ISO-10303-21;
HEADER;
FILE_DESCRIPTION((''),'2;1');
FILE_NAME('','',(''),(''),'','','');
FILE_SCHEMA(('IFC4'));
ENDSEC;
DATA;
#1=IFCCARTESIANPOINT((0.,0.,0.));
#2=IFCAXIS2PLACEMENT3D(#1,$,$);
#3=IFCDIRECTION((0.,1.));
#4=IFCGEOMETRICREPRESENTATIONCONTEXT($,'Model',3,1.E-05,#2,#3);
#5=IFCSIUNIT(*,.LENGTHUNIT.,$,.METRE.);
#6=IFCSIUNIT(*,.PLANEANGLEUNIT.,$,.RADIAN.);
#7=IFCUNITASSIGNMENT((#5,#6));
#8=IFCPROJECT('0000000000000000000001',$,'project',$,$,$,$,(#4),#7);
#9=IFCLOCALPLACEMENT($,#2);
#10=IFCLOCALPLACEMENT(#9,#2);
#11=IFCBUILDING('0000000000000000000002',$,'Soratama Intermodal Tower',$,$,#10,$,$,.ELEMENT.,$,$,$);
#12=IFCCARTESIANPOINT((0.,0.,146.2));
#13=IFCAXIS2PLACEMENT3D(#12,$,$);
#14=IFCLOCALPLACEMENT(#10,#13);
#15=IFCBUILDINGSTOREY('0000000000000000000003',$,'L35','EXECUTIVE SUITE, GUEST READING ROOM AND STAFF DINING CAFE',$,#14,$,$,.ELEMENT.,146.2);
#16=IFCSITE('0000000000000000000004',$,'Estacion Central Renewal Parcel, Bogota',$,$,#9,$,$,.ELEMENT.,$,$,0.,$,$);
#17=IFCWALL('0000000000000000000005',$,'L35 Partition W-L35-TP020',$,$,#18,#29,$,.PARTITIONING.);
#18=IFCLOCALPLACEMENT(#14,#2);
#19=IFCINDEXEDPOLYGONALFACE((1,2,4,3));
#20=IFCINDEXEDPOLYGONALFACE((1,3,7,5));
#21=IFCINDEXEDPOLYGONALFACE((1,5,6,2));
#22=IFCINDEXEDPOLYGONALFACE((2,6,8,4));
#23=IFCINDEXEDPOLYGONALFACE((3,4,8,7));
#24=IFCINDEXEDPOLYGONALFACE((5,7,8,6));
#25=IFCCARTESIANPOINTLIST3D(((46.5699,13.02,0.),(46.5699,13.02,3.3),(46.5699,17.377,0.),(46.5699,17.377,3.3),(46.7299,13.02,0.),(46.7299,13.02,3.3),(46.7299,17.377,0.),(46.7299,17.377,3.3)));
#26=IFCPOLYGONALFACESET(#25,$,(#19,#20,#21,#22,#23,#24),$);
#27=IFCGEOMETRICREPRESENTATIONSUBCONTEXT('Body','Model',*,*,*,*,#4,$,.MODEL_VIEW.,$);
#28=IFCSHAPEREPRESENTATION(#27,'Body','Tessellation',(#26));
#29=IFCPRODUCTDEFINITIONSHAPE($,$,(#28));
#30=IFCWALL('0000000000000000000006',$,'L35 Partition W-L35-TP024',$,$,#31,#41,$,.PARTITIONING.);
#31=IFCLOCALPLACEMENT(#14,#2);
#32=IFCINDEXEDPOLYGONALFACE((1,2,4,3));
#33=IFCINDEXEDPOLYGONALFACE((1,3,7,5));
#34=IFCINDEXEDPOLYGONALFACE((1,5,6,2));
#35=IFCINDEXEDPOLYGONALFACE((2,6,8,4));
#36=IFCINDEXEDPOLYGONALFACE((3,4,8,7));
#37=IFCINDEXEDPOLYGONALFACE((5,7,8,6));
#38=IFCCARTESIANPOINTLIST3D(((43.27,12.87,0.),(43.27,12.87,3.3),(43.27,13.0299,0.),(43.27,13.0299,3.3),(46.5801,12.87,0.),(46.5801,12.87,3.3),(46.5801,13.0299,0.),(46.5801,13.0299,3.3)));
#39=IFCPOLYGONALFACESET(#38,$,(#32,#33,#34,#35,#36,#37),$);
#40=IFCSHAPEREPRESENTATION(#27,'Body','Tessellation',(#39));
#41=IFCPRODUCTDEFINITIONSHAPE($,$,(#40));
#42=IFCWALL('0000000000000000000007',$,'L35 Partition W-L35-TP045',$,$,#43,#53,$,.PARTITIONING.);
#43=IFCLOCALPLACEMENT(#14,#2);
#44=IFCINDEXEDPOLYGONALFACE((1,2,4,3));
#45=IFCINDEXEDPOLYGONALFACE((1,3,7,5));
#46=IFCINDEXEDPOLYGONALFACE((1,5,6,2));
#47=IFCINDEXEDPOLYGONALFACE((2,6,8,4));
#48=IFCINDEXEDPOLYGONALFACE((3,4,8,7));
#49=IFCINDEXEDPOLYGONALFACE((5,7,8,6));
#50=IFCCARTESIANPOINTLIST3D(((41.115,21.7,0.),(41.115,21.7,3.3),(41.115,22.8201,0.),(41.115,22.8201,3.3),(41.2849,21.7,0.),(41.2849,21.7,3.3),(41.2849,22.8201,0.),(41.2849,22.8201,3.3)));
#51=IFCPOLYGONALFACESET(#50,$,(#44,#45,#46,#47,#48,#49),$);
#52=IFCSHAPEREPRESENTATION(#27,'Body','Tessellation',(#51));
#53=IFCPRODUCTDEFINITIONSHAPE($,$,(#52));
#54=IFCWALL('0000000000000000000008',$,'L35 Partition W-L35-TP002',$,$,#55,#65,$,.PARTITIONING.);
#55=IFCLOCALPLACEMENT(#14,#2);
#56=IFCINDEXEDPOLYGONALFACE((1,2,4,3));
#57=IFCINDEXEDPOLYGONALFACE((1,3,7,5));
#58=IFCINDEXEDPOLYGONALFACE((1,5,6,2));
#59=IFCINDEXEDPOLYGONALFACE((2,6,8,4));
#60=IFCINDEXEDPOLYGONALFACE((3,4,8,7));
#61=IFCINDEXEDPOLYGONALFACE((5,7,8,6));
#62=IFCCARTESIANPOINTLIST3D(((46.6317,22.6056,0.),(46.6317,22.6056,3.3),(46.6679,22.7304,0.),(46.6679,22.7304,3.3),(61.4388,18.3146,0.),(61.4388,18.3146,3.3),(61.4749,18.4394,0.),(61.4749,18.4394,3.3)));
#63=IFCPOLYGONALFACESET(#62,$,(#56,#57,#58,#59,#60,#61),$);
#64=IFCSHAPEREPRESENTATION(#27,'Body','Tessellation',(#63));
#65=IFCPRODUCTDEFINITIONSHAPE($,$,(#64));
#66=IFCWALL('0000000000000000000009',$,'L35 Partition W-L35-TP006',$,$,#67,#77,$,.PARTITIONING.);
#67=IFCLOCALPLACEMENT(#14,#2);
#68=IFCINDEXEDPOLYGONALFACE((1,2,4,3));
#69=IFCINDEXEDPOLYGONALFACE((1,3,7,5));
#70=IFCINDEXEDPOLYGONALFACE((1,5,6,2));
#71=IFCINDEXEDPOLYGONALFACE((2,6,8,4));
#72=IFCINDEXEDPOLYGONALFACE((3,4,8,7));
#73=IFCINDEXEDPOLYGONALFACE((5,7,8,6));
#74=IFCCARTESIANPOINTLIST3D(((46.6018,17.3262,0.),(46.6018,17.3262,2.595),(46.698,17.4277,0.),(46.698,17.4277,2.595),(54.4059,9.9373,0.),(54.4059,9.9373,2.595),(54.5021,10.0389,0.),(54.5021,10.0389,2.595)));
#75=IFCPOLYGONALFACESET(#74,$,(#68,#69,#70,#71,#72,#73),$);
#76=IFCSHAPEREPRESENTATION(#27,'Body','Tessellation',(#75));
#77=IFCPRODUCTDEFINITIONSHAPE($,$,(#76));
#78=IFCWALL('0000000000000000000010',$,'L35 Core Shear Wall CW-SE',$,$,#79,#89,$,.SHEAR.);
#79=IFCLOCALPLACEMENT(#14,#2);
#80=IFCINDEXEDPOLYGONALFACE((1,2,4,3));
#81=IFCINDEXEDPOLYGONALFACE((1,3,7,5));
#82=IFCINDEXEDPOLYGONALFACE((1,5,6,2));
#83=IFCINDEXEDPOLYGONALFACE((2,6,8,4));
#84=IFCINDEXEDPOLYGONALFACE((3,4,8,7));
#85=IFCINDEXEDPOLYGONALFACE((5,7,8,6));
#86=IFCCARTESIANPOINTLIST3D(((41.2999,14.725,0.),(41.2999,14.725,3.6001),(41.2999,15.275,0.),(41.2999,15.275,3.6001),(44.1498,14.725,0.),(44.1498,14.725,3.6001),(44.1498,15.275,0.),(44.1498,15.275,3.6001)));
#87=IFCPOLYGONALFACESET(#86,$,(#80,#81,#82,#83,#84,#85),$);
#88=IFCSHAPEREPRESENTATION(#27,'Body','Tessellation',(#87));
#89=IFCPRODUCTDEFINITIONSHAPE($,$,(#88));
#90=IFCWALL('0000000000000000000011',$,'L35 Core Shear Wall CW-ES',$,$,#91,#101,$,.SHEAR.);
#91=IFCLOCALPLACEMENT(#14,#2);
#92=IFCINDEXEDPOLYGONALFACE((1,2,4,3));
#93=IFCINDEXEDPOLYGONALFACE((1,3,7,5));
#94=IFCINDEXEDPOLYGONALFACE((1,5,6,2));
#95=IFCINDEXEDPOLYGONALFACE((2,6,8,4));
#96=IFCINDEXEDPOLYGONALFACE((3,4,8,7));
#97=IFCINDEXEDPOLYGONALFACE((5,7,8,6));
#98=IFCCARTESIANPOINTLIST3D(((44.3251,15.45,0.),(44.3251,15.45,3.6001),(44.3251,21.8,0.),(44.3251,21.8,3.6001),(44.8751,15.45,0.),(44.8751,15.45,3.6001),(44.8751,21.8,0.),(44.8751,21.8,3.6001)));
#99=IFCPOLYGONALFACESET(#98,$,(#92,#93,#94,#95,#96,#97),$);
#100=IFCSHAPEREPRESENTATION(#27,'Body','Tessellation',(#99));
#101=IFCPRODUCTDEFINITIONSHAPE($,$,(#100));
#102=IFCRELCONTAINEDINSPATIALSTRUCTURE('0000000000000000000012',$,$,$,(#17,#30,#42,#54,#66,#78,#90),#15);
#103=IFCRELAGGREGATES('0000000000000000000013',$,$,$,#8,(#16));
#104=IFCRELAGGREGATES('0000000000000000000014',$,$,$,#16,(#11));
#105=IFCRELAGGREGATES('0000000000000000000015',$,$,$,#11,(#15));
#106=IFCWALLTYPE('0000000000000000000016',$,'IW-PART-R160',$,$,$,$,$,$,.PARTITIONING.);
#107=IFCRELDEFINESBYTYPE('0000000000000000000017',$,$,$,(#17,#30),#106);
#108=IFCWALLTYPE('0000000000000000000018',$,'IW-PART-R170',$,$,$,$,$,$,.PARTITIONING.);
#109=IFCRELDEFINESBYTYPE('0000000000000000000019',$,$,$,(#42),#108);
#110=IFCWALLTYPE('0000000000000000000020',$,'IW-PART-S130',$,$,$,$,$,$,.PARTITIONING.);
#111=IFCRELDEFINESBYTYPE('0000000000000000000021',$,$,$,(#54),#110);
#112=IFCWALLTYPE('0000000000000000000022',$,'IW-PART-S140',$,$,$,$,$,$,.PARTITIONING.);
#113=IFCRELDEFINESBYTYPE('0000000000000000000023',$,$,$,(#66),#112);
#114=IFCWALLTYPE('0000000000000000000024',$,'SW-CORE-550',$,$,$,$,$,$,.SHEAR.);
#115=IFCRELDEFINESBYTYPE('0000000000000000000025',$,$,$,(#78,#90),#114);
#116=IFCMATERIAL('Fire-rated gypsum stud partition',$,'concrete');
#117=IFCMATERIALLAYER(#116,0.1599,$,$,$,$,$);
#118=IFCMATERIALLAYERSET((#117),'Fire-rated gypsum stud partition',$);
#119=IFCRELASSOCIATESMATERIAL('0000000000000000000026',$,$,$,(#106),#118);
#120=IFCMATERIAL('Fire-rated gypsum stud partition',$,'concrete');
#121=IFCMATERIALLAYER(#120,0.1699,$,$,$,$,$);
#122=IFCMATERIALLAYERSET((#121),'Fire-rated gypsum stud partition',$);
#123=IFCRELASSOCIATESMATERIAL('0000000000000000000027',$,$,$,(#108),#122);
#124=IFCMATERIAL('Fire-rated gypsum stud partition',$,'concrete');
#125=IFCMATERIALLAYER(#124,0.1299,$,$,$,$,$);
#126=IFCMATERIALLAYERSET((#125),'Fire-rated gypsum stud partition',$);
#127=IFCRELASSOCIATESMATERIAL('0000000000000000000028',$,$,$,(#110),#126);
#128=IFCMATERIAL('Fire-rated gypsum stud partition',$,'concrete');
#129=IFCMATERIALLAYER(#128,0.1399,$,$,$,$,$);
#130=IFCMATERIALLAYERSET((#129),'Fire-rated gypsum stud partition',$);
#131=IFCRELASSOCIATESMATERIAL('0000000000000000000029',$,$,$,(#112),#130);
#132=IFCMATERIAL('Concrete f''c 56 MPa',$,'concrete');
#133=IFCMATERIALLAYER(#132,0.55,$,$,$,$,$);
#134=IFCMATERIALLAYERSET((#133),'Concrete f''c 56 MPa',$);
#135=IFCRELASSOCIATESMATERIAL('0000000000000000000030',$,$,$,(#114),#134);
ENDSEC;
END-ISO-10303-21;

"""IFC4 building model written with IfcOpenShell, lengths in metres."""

from ifc_helpers import new_model, si_unit, direction, frame, frame_2d, origin, place, context, subcontext, project, spatial, rectangle, extrude, material, layer, layer_set, type_object, element, save


model = new_model("IFC4")

# Units and contexts
model_context = context("Model", 3, precision=1e-05, world=origin(), true_north=direction((0.0, 1.0)))
body_context = subcontext(model_context, "Body", "Model", "MODEL_VIEW")
ifc_project = project(units=[si_unit("LENGTHUNIT", "METRE"), si_unit("PLANEANGLEUNIT", "RADIAN")], contexts=[model_context])

# Site, building, storey
site_placement = place(None, origin())
site = spatial("IfcSite", under=ifc_project, at=site_placement, Name="Estacion Central Renewal Parcel, Bogota", CompositionType="ELEMENT", RefElevation=0.0)
building_placement = place(site_placement, origin())
building = spatial("IfcBuilding", under=site, at=building_placement, Name="Soratama Intermodal Tower", CompositionType="ELEMENT")
storey_placement = place(building_placement, frame((0.0, 0.0, 146.2)))
storey = spatial("IfcBuildingStorey", under=building, at=storey_placement, Name="L35", Description="EXECUTIVE SUITE, GUEST READING ROOM AND STAFF DINING CAFE", CompositionType="ELEMENT", Elevation=146.2)

# Shared definitions
ifc_material_1 = material(Name="Fire-rated gypsum stud partition", Category="concrete")
ifc_layer_1 = layer(ifc_material_1, 0.1599)
ifc_layer_set_1 = layer_set([ifc_layer_1], Name="Fire-rated gypsum stud partition")
wall_type_1 = type_object("IfcWallType", Name="IW-PART-R160", PredefinedType="PARTITIONING", material=ifc_layer_set_1)

# Walls
wall_1_placement = place(storey_placement, frame((46.6499, 17.377, 0.0), z_axis=(0.0, 0.0, 1.0), x_axis=(0.0, -1.0, 0.0)))
element("IfcWall", 1, at=wall_1_placement, inside=storey, type_object=wall_type_1, Name="L35 Partition W-L35-TP020", PredefinedType="PARTITIONING", context=body_context, shape_type="SweptSolid", body=[
    extrude(rectangle(XDim=4.3569, YDim=0.1599, at=frame_2d((2.1785, 0.0))), origin(), (0.0, 0.0, 1.0), 3.3),
])
wall_2_placement = place(storey_placement, frame((46.5801, 12.95, 0.0), z_axis=(0.0, 0.0, 1.0), x_axis=(-1.0, 0.0, 0.0)))
element("IfcWall", 2, at=wall_2_placement, inside=storey, type_object=wall_type_1, Name="L35 Partition W-L35-TP024", PredefinedType="PARTITIONING", context=body_context, shape_type="SweptSolid", body=[
    extrude(rectangle(XDim=3.3101, YDim=0.1599, at=frame_2d((1.655, 0.0))), origin(), (0.0, 0.0, 1.0), 3.3),
])

# Shared definitions
ifc_material_2 = material(Name="Fire-rated gypsum stud partition", Category="concrete")
ifc_layer_2 = layer(ifc_material_2, 0.1699)
ifc_layer_set_2 = layer_set([ifc_layer_2], Name="Fire-rated gypsum stud partition")
wall_type_2 = type_object("IfcWallType", Name="IW-PART-R170", PredefinedType="PARTITIONING", material=ifc_layer_set_2)

# Walls
wall_3_placement = place(storey_placement, frame((41.2, 21.7, 0.0), z_axis=(0.0, 0.0, 1.0), x_axis=(0.0, 1.0, 0.0)))
element("IfcWall", 3, at=wall_3_placement, inside=storey, type_object=wall_type_2, Name="L35 Partition W-L35-TP045", PredefinedType="PARTITIONING", context=body_context, shape_type="SweptSolid", body=[
    extrude(rectangle(XDim=1.1201, YDim=0.1699, at=frame_2d((0.5601, 0.0))), origin(), (0.0, 0.0, 1.0), 3.3),
])
ifc_material_3 = material(Name="Fire-rated gypsum stud partition", Category="concrete")
ifc_layer_3 = layer(ifc_material_3, 0.1299)
ifc_layer_set_3 = layer_set([ifc_layer_3], Name="Fire-rated gypsum stud partition")
wall_type_3 = type_object("IfcWallType", Name="IW-PART-S130", PredefinedType="PARTITIONING", material=ifc_layer_set_3)
wall_4_placement = place(storey_placement, frame((46.6499, 22.668, 0.0), z_axis=(0.0, 0.0, 1.0), x_axis=(0.960482, -0.278342, 0.0)))
element("IfcWall", 4, at=wall_4_placement, inside=storey, type_object=wall_type_3, Name="L35 Partition W-L35-TP002", PredefinedType="PARTITIONING", context=body_context, shape_type="SweptSolid", body=[
    extrude(rectangle(XDim=15.4163, YDim=0.1299, at=frame_2d((7.708, 0.0))), origin(), (0.0, 0.0, 1.0), 3.3),
])
ifc_material_4 = material(Name="Fire-rated gypsum stud partition", Category="concrete")
ifc_layer_4 = layer(ifc_material_4, 0.1399)
ifc_layer_set_4 = layer_set([ifc_layer_4], Name="Fire-rated gypsum stud partition")
wall_type_4 = type_object("IfcWallType", Name="IW-PART-S140", PredefinedType="PARTITIONING", material=ifc_layer_set_4)
wall_5_placement = place(storey_placement, frame((46.6499, 17.377, 0.0), z_axis=(0.0, 0.0, 1.0), x_axis=(0.726163, -0.687522, 0.0)))
element("IfcWall", 5, at=wall_5_placement, inside=storey, type_object=wall_type_4, Name="L35 Partition W-L35-TP006", PredefinedType="PARTITIONING", context=body_context, shape_type="SweptSolid", body=[
    extrude(rectangle(XDim=10.7471, YDim=0.1399, at=frame_2d((5.3735, 0.0))), origin(), (0.0, 0.0, 1.0), 2.595),
])
ifc_material_5 = material(Name="Concrete f'c 56 MPa", Category="concrete")
ifc_layer_5 = layer(ifc_material_5, 0.55)
ifc_layer_set_5 = layer_set([ifc_layer_5], Name="Concrete f'c 56 MPa")
wall_type_5 = type_object("IfcWallType", Name="SW-CORE-550", PredefinedType="SHEAR", material=ifc_layer_set_5)
wall_6_placement = place(storey_placement, frame((41.3, 15.0, 0.0), z_axis=(0.0, 0.0, 1.0), x_axis=(1.0, 0.0, 0.0)))
element("IfcWall", 6, at=wall_6_placement, inside=storey, type_object=wall_type_5, Name="L35 Core Shear Wall CW-SE", PredefinedType="SHEAR", context=body_context, shape_type="SweptSolid", body=[
    extrude(rectangle(XDim=2.8499, YDim=0.55, at=frame_2d((1.4248, 0.0))), origin(), (0.0, 0.0, 1.0), 3.6001),
])
wall_7_placement = place(storey_placement, frame((44.6001, 15.45, 0.0), z_axis=(0.0, 0.0, 1.0), x_axis=(0.0, 1.0, 0.0)))
element("IfcWall", 7, at=wall_7_placement, inside=storey, type_object=wall_type_5, Name="L35 Core Shear Wall CW-ES", PredefinedType="SHEAR", context=body_context, shape_type="SweptSolid", body=[
    extrude(rectangle(XDim=6.3501, YDim=0.55, at=frame_2d((3.175, 0.0))), origin(), (0.0, 0.0, 1.0), 3.6001),
])

save(model, "model.ifc")
